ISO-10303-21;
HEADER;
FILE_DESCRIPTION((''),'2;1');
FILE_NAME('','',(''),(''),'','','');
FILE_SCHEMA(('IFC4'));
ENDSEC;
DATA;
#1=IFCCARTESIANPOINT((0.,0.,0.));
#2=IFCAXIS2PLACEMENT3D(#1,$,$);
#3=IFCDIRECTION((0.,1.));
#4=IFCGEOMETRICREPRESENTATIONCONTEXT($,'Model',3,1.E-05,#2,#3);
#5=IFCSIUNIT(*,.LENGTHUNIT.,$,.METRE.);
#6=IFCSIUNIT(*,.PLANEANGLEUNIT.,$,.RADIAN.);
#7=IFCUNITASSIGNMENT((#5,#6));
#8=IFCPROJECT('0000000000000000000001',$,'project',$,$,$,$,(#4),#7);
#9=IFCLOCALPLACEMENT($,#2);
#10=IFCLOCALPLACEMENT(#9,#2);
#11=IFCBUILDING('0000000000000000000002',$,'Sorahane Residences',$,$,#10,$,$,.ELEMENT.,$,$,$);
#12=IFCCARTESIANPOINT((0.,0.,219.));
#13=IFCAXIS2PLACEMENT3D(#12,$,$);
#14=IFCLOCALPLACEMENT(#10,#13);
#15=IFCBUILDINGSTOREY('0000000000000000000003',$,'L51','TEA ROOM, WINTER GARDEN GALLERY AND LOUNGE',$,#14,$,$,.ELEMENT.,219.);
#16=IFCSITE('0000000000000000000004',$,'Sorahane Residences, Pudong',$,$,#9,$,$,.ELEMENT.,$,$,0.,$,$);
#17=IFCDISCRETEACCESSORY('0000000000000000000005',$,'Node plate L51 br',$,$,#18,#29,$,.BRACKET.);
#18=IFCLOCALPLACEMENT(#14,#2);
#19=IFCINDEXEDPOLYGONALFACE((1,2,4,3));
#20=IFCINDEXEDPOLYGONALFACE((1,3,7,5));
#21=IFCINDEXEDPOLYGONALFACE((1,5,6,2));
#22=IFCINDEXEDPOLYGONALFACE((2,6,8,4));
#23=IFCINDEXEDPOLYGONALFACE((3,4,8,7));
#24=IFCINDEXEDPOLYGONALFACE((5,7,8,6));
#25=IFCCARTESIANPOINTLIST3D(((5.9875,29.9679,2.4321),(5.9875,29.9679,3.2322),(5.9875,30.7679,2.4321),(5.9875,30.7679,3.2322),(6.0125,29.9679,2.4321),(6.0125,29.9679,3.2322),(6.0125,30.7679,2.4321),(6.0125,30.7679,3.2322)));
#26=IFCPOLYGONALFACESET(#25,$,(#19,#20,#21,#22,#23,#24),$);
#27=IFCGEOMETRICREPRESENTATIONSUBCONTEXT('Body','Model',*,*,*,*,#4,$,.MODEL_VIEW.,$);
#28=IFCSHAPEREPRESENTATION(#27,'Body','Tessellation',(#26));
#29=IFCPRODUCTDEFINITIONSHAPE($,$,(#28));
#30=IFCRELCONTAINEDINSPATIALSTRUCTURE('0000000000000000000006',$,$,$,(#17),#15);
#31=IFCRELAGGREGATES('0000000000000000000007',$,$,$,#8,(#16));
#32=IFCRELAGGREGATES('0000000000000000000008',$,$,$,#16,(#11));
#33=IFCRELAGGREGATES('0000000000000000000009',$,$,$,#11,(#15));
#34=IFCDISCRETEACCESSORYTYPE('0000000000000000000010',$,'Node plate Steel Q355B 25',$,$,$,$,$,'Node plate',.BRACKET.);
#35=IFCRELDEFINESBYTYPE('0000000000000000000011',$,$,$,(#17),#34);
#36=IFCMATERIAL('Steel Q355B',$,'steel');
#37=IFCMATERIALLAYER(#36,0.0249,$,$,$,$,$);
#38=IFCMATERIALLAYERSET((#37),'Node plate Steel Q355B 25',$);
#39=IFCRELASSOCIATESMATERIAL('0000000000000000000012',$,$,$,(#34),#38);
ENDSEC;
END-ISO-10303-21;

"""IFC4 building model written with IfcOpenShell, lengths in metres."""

from ifc_helpers import new_model, si_unit, direction, frame, origin, origin_2d, place, context, subcontext, project, spatial, rectangle, extrude, material, layer, layer_set, type_object, element, save


model = new_model("IFC4")

# Units and contexts
model_context = context("Model", 3, precision=1e-05, world=origin(), true_north=direction((0.0, 1.0)))
body_context = subcontext(model_context, "Body", "Model", "MODEL_VIEW")
ifc_project = project(units=[si_unit("LENGTHUNIT", "METRE"), si_unit("PLANEANGLEUNIT", "RADIAN")], contexts=[model_context])

# Site, building, storey
site_placement = place(None, origin())
site = spatial("IfcSite", under=ifc_project, at=site_placement, Name="Sorahane Residences, Pudong", CompositionType="ELEMENT", RefElevation=0.0)
building_placement = place(site_placement, origin())
building = spatial("IfcBuilding", under=site, at=building_placement, Name="Sorahane Residences", CompositionType="ELEMENT")
storey_placement = place(building_placement, frame((0.0, 0.0, 219.0)))
storey = spatial("IfcBuildingStorey", under=building, at=storey_placement, Name="L51", Description="TEA ROOM, WINTER GARDEN GALLERY AND LOUNGE", CompositionType="ELEMENT", Elevation=219.0)

# Discrete accessory
ifc_material_1 = material(Name="Steel Q355B", Category="steel")
ifc_layer_1 = layer(ifc_material_1, 0.0249)
ifc_layer_set_1 = layer_set([ifc_layer_1], Name="Node plate Steel Q355B 25")
discrete_accessory_type = type_object("IfcDiscreteAccessoryType", Name="Node plate Steel Q355B 25", ElementType="Node plate", PredefinedType="BRACKET", material=ifc_layer_set_1)
for number, where, z_axis, x_axis, name in (
    (1, (6.0, 30.3679, 2.4321), (0.0, 0.0, 1.0), (0.0, 1.0, 0.0), "Node plate L51 br"),
):
    element("IfcDiscreteAccessory", number, at=place(storey_placement, frame(where, z_axis=z_axis, x_axis=x_axis)), inside=storey, type_object=discrete_accessory_type, Name=name, PredefinedType="BRACKET", context=body_context, shape_type="SweptSolid", body=[
        extrude(rectangle(XDim=0.8, YDim=0.0249, at=origin_2d()), origin(), (0.0, 0.0, 1.0), 0.8),
    ])

save(model, "model.ifc")
